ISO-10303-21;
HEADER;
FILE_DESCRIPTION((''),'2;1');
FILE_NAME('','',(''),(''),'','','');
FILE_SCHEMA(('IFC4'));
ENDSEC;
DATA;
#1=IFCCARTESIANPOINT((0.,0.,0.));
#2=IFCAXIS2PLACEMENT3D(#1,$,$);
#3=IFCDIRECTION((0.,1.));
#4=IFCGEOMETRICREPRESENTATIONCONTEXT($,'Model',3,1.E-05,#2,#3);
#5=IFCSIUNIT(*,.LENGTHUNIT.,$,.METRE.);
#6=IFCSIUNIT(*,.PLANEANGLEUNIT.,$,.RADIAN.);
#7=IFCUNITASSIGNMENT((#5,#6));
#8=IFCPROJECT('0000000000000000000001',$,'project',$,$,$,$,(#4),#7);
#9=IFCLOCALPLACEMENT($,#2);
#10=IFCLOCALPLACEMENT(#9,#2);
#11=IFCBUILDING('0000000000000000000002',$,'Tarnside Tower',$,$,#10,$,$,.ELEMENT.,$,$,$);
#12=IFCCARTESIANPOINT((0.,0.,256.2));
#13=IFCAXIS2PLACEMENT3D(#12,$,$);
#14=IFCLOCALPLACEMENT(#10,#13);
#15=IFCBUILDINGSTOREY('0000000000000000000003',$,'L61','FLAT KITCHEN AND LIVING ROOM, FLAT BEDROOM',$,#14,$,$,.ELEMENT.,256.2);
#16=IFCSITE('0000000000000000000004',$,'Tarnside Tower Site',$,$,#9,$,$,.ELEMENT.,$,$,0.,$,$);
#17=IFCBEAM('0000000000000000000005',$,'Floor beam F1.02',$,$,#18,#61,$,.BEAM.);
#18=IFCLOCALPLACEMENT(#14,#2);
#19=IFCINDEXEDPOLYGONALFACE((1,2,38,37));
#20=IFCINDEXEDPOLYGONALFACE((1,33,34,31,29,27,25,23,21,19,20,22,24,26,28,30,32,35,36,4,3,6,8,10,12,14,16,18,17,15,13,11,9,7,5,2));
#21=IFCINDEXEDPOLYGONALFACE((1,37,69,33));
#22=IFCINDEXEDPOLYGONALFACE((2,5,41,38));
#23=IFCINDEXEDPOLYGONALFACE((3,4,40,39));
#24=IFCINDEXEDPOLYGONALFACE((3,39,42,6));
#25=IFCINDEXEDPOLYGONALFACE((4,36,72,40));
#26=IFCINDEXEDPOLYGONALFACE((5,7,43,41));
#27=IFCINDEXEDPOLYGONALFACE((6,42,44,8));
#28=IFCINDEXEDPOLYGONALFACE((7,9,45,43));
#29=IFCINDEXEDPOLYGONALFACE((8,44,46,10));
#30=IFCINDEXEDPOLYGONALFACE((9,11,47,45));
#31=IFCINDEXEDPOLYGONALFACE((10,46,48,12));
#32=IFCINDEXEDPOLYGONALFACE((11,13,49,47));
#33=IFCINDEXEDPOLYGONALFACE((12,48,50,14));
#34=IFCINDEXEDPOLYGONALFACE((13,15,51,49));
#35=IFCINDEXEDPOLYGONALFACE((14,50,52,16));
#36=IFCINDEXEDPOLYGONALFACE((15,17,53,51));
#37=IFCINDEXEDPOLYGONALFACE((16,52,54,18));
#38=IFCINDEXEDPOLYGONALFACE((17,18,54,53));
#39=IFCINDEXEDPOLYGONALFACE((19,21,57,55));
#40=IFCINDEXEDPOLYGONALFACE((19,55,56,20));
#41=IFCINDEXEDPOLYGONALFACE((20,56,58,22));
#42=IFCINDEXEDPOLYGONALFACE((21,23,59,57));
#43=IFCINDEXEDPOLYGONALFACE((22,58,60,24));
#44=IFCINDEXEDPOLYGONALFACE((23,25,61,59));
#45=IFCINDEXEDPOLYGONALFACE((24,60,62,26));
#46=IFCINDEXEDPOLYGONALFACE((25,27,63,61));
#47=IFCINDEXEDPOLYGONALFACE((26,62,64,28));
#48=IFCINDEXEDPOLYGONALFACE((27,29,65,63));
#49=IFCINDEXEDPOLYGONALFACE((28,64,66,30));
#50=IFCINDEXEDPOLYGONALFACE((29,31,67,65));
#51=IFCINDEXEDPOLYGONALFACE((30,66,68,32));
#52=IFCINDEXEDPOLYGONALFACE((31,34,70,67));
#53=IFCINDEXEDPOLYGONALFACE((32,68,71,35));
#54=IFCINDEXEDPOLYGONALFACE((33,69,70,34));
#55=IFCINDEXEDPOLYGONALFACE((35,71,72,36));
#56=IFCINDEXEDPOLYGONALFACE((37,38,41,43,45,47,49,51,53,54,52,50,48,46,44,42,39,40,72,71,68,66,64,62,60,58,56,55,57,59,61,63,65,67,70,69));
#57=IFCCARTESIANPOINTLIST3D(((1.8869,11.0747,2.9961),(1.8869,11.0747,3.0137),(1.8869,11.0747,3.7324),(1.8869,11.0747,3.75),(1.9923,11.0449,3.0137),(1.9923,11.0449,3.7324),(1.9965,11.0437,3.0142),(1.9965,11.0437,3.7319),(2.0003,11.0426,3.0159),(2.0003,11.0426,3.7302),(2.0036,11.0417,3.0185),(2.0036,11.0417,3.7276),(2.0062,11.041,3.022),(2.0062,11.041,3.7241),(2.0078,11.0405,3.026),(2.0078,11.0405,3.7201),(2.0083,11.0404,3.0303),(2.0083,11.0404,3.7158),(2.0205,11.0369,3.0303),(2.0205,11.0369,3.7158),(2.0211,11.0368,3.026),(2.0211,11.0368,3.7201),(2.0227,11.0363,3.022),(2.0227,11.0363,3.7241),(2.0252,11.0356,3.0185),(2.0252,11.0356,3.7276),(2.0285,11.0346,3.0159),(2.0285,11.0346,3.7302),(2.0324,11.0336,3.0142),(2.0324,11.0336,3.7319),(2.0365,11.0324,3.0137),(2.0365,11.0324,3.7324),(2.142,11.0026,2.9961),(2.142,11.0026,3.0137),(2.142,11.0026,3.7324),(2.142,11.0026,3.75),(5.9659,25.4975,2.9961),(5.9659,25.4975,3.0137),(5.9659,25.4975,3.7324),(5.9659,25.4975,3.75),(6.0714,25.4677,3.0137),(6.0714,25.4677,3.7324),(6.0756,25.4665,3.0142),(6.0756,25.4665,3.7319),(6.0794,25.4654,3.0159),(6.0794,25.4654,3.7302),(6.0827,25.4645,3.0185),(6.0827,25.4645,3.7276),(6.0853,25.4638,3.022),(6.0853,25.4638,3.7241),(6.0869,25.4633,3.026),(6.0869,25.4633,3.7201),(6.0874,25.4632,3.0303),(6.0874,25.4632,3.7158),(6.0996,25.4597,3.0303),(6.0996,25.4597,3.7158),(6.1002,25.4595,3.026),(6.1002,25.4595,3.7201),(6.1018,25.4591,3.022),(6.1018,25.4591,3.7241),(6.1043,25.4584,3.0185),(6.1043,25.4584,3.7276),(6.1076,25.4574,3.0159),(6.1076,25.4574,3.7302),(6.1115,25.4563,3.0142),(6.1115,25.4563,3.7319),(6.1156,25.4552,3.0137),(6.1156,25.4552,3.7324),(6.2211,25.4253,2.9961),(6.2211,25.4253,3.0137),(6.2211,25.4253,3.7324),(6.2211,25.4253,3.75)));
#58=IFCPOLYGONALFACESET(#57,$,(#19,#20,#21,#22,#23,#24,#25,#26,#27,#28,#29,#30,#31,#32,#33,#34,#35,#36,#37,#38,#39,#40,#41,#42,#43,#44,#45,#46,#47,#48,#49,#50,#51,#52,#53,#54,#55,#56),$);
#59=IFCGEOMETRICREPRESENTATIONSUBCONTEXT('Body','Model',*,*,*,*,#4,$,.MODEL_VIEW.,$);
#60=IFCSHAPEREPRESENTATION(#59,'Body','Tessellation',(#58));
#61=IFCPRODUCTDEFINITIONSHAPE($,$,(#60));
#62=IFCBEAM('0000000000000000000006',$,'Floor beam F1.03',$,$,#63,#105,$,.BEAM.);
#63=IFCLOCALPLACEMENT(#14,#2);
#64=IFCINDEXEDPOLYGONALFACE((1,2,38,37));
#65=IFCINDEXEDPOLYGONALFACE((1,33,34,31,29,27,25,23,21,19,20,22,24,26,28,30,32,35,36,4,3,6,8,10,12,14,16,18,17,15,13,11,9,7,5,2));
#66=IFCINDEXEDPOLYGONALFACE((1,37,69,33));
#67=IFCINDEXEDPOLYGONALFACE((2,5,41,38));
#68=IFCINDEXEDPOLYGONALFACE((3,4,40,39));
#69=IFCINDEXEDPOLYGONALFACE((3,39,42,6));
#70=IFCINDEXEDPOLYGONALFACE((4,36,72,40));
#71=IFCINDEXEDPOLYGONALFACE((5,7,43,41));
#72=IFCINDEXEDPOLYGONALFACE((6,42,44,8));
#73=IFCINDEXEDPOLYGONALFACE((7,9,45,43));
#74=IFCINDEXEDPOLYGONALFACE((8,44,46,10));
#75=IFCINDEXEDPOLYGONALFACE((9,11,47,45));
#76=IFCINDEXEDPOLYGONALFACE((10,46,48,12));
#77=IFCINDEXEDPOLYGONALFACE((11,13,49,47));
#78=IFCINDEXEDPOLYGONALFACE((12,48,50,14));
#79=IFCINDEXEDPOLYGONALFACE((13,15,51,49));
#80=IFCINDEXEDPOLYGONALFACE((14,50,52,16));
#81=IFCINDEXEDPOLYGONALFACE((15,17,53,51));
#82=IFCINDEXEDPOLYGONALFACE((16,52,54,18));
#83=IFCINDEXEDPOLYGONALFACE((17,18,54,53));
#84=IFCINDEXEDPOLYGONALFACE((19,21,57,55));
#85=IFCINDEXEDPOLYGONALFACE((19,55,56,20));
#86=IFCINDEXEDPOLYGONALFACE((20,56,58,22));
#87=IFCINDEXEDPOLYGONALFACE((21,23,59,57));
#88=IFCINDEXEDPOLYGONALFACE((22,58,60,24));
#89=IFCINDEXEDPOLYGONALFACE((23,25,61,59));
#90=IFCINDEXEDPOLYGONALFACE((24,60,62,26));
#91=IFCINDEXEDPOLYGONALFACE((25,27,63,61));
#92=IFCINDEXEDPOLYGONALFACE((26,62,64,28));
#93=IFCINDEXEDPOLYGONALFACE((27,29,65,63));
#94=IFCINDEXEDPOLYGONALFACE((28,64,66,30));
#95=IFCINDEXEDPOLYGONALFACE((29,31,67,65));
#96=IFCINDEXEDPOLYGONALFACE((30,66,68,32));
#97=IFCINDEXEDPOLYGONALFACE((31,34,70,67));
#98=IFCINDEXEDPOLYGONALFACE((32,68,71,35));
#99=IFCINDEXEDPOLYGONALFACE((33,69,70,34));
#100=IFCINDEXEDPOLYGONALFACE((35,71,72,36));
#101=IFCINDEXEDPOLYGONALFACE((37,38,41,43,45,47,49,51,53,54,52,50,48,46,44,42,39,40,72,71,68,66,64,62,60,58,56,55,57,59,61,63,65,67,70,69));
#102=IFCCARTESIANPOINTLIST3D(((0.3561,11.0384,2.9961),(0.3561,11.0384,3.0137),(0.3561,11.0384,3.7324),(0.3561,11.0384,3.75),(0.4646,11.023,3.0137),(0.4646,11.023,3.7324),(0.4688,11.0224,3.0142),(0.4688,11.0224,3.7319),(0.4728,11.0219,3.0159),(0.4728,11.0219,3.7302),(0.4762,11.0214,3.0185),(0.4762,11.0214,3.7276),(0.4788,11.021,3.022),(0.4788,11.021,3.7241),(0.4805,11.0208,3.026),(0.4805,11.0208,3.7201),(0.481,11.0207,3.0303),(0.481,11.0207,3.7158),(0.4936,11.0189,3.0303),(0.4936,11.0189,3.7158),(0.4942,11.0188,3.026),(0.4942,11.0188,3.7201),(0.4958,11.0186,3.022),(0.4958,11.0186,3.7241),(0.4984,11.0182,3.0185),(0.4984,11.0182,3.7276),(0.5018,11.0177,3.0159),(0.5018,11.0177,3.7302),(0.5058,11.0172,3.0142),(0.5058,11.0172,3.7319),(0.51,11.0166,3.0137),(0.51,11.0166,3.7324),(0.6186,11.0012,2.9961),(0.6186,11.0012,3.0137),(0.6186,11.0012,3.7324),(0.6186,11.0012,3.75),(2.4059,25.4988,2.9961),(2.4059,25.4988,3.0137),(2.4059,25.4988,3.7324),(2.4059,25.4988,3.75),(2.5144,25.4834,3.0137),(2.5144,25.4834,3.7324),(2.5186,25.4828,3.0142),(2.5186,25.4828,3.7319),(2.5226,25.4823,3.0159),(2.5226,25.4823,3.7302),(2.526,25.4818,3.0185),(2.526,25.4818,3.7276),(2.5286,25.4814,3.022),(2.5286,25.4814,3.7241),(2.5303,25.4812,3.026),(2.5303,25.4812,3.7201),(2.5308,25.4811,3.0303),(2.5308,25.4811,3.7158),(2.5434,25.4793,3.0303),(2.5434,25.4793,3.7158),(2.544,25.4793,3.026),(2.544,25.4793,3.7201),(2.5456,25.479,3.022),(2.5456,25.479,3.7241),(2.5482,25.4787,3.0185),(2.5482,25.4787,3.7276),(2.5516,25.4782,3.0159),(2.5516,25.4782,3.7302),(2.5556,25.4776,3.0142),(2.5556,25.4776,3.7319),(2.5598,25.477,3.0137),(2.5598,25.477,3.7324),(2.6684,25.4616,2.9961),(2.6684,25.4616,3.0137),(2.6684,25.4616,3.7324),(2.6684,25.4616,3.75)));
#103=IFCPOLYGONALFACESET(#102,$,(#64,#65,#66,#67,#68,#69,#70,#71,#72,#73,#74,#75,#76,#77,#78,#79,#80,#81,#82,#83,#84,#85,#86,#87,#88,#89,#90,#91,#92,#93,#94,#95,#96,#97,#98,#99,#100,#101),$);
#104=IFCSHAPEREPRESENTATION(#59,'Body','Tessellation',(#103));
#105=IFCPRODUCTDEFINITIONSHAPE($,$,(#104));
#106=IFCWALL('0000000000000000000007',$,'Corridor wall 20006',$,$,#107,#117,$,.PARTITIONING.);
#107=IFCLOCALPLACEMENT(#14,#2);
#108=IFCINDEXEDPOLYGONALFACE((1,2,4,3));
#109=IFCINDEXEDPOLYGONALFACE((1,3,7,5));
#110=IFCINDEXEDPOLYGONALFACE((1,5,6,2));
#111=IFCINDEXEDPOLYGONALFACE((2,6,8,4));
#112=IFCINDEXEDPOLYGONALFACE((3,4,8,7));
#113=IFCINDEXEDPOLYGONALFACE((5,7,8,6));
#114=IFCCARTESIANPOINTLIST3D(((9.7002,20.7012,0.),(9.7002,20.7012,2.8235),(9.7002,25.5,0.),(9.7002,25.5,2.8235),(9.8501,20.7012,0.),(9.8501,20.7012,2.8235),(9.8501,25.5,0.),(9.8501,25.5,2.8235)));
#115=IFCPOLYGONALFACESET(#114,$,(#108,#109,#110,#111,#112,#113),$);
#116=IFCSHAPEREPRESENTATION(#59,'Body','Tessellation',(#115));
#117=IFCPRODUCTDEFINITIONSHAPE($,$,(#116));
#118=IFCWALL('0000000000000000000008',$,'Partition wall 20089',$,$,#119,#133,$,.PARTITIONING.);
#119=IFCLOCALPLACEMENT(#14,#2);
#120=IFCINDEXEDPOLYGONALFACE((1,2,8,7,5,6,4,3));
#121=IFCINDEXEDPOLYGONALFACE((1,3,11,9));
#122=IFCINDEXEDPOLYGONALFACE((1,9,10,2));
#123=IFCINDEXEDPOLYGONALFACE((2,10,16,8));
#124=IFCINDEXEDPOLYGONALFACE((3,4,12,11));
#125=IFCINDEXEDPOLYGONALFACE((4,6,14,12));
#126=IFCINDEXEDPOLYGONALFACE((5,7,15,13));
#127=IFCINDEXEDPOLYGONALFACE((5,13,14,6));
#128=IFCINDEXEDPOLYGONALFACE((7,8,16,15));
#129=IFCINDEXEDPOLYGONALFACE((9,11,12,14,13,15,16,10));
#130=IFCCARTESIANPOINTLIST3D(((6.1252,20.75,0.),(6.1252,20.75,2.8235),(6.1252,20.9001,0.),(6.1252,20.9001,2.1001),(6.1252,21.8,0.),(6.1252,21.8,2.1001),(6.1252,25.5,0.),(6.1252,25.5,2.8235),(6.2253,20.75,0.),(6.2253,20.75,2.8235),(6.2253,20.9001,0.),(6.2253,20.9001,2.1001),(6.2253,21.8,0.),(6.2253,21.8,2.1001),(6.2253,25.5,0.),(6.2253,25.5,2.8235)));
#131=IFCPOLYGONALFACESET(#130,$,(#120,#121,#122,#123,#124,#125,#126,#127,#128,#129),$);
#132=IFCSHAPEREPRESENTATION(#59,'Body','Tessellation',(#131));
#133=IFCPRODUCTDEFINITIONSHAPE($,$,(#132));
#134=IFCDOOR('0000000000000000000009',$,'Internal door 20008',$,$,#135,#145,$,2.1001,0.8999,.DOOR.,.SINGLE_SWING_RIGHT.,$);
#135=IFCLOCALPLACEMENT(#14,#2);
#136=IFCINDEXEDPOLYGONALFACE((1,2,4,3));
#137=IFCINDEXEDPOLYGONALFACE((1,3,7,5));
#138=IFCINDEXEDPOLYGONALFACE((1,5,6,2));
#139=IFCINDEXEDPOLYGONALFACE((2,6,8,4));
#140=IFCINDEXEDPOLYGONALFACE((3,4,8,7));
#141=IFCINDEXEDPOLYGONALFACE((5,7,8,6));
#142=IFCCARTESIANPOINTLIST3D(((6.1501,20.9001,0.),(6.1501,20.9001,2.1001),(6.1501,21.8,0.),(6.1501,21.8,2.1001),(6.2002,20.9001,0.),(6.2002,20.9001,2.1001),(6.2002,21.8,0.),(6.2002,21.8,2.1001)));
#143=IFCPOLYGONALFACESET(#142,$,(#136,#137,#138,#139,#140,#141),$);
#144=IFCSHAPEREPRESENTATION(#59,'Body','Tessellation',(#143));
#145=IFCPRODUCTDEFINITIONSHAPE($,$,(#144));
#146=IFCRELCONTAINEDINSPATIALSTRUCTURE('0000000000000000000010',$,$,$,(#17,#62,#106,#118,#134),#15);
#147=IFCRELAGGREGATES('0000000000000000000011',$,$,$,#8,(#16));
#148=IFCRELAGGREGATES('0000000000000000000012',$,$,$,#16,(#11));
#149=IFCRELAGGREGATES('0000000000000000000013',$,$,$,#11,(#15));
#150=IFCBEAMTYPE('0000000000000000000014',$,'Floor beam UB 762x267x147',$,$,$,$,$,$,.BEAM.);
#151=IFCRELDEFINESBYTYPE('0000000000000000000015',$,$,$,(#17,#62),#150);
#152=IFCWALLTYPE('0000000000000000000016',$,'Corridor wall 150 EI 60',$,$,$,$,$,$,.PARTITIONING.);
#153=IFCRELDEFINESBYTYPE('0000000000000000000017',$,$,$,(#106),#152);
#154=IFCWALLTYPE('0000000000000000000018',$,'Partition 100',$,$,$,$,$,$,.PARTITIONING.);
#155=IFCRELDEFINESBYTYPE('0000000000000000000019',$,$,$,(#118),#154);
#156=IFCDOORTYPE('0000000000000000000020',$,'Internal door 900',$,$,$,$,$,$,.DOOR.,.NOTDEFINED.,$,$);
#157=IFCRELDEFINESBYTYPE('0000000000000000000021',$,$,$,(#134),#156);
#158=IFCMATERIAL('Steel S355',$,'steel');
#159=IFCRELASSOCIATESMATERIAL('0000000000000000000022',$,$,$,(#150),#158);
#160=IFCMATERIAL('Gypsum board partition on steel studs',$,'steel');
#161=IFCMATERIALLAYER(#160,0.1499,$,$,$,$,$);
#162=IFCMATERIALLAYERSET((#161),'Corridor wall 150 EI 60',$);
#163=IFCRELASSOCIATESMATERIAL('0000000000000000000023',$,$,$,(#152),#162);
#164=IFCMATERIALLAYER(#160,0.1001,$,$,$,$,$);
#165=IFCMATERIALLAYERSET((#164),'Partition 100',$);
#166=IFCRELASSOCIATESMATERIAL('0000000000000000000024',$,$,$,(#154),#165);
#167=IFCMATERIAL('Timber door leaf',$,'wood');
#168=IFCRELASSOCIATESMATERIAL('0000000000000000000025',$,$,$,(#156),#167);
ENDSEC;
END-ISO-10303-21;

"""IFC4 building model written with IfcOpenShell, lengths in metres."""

from ifc_helpers import new_model, si_unit, direction, frame, frame_2d, origin, origin_2d, place, context, subcontext, project, spatial, rectangle, i_section, extrude, material, layer, layer_set, material_profile, profile_set, type_object, element, fill, save


model = new_model("IFC4")

# Units and contexts
model_context = context("Model", 3, precision=1e-05, world=origin(), true_north=direction((0.0, 1.0)))
body_context = subcontext(model_context, "Body", "Model", "MODEL_VIEW")
ifc_project = project(units=[si_unit("LENGTHUNIT", "METRE"), si_unit("PLANEANGLEUNIT", "RADIAN")], contexts=[model_context])

# Site, building, storey
site_placement = place(None, origin())
site = spatial("IfcSite", under=ifc_project, at=site_placement, Name="Tarnside Tower Site", CompositionType="ELEMENT", RefElevation=0.0)
building_placement = place(site_placement, origin())
building = spatial("IfcBuilding", under=site, at=building_placement, Name="Tarnside Tower", CompositionType="ELEMENT")
storey_placement = place(building_placement, frame((0.0, 0.0, 256.2)))
storey = spatial("IfcBuildingStorey", under=building, at=storey_placement, Name="L61", Description="FLAT KITCHEN AND LIVING ROOM, FLAT BEDROOM", CompositionType="ELEMENT", Elevation=256.2)

# Beams
ifc_material_1 = material(Name="Steel S355", Category="steel")
ifc_material_profile = material_profile(ifc_material_1, i_section(OverallWidth=0.2651, OverallDepth=0.7539, WebThickness=0.0127, FlangeThickness=0.0176, FilletRadius=0.0166, at=origin_2d()), Name="UB 762x267x147")
ifc_profile_set = profile_set([ifc_material_profile], Name="Steel S355")
beam_type = type_object("IfcBeamType", Name="Floor beam UB 762x267x147", PredefinedType="BEAM", material=ifc_profile_set)
beam_1_placement = place(storey_placement, frame((6.0935, 25.4614, 3.373), z_axis=(-0.272147, -0.962256, 0.0), x_axis=(0.962256, -0.272147, 0.0)))
element("IfcBeam", 1, at=beam_1_placement, inside=storey, type_object=beam_type, Name="Floor beam F1.02", PredefinedType="BEAM", context=body_context, shape_type="SweptSolid", body=[
    extrude(i_section(OverallWidth=0.2651, OverallDepth=0.7539, WebThickness=0.0127, FlangeThickness=0.0176, FilletRadius=0.0166, at=origin_2d()), origin(), (0.0, 0.0, 1.0), 14.9885),
])
beam_2_placement = place(storey_placement, frame((2.5371, 25.4802, 3.373), z_axis=(-0.140349, -0.990102, 0.0), x_axis=(0.990102, -0.140349, 0.0)))
element("IfcBeam", 2, at=beam_2_placement, inside=storey, type_object=beam_type, Name="Floor beam F1.03", PredefinedType="BEAM", context=body_context, shape_type="SweptSolid", body=[
    extrude(i_section(OverallWidth=0.2651, OverallDepth=0.7539, WebThickness=0.0127, FlangeThickness=0.0176, FilletRadius=0.0166, at=origin_2d()), origin(), (0.0, 0.0, 1.0), 14.605),
])

# Wall
ifc_material_2 = material(Name="Gypsum board partition on steel studs", Category="steel")
ifc_layer_1 = layer(ifc_material_2, 0.1499)
ifc_layer_set_1 = layer_set([ifc_layer_1], Name="Corridor wall 150 EI 60")
wall_type_1 = type_object("IfcWallType", Name="Corridor wall 150 EI 60", PredefinedType="PARTITIONING", material=ifc_layer_set_1)
wall_1_placement = place(storey_placement, frame((9.7751, 25.5, 0.0), z_axis=(0.0, 0.0, 1.0), x_axis=(0.0, -1.0, 0.0)))
element("IfcWall", 3, at=wall_1_placement, inside=storey, type_object=wall_type_1, Name="Corridor wall 20006", PredefinedType="PARTITIONING", context=body_context, shape_type="SweptSolid", body=[
    extrude(rectangle(XDim=4.7988, YDim=0.1499, at=frame_2d((2.3994, 0.0))), origin(), (0.0, 0.0, 1.0), 2.8235),
])

# Wall, opening, door
ifc_layer_2 = layer(ifc_material_2, 0.1001)
ifc_layer_set_2 = layer_set([ifc_layer_2], Name="Partition 100")
wall_type_2 = type_object("IfcWallType", Name="Partition 100", PredefinedType="PARTITIONING", material=ifc_layer_set_2)
wall_2_placement = place(storey_placement, frame((6.1753, 25.5, 0.0), z_axis=(0.0, 0.0, 1.0), x_axis=(0.0, -1.0, 0.0)))
wall_2 = element("IfcWall", 4, at=wall_2_placement, inside=storey, type_object=wall_type_2, Name="Partition wall 20089", PredefinedType="PARTITIONING", context=body_context, shape_type="SweptSolid", body=[
    extrude(rectangle(XDim=4.75, YDim=0.1001, at=frame_2d((2.375, 0.0))), origin(), (0.0, 0.0, 1.0), 2.8235),
])
opening_1_placement = place(wall_2_placement, frame((3.7, 0.0, 0.0)))
opening_1 = element("IfcOpeningElement", 5, at=opening_1_placement, cuts=wall_2, PredefinedType="OPENING", context=body_context, shape_type="SweptSolid", body=[
    extrude(rectangle(XDim=0.8999, YDim=2.1001, at=frame_2d((0.45, 1.05))), frame((0.0, 0.0601, 0.0), z_axis=(0.0, -1.0, 0.0), x_axis=(1.0, 0.0, 0.0)), (0.0, 0.0, 1.0), 0.1201),
])
ifc_material_3 = material(Name="Timber door leaf", Category="wood")
door_type = type_object("IfcDoorType", Name="Internal door 900", OperationType="NOTDEFINED", PredefinedType="DOOR", material=ifc_material_3)
door_placement = place(opening_1_placement, origin())
door = element("IfcDoor", 6, at=door_placement, inside=storey, type_object=door_type, Name="Internal door 20008", OperationType="SINGLE_SWING_RIGHT", OverallHeight=2.1001, OverallWidth=0.8999, PredefinedType="DOOR", context=body_context, shape_type="SweptSolid", body=[
    extrude(rectangle(XDim=0.8999, YDim=2.1001, at=frame_2d((0.45, 1.05))), frame((0.0, 0.0249, 0.0), z_axis=(0.0, -1.0, 0.0), x_axis=(1.0, 0.0, 0.0)), (0.0, 0.0, 1.0), 0.05),
])
fill(opening_1, door)

save(model, "model.ifc")
